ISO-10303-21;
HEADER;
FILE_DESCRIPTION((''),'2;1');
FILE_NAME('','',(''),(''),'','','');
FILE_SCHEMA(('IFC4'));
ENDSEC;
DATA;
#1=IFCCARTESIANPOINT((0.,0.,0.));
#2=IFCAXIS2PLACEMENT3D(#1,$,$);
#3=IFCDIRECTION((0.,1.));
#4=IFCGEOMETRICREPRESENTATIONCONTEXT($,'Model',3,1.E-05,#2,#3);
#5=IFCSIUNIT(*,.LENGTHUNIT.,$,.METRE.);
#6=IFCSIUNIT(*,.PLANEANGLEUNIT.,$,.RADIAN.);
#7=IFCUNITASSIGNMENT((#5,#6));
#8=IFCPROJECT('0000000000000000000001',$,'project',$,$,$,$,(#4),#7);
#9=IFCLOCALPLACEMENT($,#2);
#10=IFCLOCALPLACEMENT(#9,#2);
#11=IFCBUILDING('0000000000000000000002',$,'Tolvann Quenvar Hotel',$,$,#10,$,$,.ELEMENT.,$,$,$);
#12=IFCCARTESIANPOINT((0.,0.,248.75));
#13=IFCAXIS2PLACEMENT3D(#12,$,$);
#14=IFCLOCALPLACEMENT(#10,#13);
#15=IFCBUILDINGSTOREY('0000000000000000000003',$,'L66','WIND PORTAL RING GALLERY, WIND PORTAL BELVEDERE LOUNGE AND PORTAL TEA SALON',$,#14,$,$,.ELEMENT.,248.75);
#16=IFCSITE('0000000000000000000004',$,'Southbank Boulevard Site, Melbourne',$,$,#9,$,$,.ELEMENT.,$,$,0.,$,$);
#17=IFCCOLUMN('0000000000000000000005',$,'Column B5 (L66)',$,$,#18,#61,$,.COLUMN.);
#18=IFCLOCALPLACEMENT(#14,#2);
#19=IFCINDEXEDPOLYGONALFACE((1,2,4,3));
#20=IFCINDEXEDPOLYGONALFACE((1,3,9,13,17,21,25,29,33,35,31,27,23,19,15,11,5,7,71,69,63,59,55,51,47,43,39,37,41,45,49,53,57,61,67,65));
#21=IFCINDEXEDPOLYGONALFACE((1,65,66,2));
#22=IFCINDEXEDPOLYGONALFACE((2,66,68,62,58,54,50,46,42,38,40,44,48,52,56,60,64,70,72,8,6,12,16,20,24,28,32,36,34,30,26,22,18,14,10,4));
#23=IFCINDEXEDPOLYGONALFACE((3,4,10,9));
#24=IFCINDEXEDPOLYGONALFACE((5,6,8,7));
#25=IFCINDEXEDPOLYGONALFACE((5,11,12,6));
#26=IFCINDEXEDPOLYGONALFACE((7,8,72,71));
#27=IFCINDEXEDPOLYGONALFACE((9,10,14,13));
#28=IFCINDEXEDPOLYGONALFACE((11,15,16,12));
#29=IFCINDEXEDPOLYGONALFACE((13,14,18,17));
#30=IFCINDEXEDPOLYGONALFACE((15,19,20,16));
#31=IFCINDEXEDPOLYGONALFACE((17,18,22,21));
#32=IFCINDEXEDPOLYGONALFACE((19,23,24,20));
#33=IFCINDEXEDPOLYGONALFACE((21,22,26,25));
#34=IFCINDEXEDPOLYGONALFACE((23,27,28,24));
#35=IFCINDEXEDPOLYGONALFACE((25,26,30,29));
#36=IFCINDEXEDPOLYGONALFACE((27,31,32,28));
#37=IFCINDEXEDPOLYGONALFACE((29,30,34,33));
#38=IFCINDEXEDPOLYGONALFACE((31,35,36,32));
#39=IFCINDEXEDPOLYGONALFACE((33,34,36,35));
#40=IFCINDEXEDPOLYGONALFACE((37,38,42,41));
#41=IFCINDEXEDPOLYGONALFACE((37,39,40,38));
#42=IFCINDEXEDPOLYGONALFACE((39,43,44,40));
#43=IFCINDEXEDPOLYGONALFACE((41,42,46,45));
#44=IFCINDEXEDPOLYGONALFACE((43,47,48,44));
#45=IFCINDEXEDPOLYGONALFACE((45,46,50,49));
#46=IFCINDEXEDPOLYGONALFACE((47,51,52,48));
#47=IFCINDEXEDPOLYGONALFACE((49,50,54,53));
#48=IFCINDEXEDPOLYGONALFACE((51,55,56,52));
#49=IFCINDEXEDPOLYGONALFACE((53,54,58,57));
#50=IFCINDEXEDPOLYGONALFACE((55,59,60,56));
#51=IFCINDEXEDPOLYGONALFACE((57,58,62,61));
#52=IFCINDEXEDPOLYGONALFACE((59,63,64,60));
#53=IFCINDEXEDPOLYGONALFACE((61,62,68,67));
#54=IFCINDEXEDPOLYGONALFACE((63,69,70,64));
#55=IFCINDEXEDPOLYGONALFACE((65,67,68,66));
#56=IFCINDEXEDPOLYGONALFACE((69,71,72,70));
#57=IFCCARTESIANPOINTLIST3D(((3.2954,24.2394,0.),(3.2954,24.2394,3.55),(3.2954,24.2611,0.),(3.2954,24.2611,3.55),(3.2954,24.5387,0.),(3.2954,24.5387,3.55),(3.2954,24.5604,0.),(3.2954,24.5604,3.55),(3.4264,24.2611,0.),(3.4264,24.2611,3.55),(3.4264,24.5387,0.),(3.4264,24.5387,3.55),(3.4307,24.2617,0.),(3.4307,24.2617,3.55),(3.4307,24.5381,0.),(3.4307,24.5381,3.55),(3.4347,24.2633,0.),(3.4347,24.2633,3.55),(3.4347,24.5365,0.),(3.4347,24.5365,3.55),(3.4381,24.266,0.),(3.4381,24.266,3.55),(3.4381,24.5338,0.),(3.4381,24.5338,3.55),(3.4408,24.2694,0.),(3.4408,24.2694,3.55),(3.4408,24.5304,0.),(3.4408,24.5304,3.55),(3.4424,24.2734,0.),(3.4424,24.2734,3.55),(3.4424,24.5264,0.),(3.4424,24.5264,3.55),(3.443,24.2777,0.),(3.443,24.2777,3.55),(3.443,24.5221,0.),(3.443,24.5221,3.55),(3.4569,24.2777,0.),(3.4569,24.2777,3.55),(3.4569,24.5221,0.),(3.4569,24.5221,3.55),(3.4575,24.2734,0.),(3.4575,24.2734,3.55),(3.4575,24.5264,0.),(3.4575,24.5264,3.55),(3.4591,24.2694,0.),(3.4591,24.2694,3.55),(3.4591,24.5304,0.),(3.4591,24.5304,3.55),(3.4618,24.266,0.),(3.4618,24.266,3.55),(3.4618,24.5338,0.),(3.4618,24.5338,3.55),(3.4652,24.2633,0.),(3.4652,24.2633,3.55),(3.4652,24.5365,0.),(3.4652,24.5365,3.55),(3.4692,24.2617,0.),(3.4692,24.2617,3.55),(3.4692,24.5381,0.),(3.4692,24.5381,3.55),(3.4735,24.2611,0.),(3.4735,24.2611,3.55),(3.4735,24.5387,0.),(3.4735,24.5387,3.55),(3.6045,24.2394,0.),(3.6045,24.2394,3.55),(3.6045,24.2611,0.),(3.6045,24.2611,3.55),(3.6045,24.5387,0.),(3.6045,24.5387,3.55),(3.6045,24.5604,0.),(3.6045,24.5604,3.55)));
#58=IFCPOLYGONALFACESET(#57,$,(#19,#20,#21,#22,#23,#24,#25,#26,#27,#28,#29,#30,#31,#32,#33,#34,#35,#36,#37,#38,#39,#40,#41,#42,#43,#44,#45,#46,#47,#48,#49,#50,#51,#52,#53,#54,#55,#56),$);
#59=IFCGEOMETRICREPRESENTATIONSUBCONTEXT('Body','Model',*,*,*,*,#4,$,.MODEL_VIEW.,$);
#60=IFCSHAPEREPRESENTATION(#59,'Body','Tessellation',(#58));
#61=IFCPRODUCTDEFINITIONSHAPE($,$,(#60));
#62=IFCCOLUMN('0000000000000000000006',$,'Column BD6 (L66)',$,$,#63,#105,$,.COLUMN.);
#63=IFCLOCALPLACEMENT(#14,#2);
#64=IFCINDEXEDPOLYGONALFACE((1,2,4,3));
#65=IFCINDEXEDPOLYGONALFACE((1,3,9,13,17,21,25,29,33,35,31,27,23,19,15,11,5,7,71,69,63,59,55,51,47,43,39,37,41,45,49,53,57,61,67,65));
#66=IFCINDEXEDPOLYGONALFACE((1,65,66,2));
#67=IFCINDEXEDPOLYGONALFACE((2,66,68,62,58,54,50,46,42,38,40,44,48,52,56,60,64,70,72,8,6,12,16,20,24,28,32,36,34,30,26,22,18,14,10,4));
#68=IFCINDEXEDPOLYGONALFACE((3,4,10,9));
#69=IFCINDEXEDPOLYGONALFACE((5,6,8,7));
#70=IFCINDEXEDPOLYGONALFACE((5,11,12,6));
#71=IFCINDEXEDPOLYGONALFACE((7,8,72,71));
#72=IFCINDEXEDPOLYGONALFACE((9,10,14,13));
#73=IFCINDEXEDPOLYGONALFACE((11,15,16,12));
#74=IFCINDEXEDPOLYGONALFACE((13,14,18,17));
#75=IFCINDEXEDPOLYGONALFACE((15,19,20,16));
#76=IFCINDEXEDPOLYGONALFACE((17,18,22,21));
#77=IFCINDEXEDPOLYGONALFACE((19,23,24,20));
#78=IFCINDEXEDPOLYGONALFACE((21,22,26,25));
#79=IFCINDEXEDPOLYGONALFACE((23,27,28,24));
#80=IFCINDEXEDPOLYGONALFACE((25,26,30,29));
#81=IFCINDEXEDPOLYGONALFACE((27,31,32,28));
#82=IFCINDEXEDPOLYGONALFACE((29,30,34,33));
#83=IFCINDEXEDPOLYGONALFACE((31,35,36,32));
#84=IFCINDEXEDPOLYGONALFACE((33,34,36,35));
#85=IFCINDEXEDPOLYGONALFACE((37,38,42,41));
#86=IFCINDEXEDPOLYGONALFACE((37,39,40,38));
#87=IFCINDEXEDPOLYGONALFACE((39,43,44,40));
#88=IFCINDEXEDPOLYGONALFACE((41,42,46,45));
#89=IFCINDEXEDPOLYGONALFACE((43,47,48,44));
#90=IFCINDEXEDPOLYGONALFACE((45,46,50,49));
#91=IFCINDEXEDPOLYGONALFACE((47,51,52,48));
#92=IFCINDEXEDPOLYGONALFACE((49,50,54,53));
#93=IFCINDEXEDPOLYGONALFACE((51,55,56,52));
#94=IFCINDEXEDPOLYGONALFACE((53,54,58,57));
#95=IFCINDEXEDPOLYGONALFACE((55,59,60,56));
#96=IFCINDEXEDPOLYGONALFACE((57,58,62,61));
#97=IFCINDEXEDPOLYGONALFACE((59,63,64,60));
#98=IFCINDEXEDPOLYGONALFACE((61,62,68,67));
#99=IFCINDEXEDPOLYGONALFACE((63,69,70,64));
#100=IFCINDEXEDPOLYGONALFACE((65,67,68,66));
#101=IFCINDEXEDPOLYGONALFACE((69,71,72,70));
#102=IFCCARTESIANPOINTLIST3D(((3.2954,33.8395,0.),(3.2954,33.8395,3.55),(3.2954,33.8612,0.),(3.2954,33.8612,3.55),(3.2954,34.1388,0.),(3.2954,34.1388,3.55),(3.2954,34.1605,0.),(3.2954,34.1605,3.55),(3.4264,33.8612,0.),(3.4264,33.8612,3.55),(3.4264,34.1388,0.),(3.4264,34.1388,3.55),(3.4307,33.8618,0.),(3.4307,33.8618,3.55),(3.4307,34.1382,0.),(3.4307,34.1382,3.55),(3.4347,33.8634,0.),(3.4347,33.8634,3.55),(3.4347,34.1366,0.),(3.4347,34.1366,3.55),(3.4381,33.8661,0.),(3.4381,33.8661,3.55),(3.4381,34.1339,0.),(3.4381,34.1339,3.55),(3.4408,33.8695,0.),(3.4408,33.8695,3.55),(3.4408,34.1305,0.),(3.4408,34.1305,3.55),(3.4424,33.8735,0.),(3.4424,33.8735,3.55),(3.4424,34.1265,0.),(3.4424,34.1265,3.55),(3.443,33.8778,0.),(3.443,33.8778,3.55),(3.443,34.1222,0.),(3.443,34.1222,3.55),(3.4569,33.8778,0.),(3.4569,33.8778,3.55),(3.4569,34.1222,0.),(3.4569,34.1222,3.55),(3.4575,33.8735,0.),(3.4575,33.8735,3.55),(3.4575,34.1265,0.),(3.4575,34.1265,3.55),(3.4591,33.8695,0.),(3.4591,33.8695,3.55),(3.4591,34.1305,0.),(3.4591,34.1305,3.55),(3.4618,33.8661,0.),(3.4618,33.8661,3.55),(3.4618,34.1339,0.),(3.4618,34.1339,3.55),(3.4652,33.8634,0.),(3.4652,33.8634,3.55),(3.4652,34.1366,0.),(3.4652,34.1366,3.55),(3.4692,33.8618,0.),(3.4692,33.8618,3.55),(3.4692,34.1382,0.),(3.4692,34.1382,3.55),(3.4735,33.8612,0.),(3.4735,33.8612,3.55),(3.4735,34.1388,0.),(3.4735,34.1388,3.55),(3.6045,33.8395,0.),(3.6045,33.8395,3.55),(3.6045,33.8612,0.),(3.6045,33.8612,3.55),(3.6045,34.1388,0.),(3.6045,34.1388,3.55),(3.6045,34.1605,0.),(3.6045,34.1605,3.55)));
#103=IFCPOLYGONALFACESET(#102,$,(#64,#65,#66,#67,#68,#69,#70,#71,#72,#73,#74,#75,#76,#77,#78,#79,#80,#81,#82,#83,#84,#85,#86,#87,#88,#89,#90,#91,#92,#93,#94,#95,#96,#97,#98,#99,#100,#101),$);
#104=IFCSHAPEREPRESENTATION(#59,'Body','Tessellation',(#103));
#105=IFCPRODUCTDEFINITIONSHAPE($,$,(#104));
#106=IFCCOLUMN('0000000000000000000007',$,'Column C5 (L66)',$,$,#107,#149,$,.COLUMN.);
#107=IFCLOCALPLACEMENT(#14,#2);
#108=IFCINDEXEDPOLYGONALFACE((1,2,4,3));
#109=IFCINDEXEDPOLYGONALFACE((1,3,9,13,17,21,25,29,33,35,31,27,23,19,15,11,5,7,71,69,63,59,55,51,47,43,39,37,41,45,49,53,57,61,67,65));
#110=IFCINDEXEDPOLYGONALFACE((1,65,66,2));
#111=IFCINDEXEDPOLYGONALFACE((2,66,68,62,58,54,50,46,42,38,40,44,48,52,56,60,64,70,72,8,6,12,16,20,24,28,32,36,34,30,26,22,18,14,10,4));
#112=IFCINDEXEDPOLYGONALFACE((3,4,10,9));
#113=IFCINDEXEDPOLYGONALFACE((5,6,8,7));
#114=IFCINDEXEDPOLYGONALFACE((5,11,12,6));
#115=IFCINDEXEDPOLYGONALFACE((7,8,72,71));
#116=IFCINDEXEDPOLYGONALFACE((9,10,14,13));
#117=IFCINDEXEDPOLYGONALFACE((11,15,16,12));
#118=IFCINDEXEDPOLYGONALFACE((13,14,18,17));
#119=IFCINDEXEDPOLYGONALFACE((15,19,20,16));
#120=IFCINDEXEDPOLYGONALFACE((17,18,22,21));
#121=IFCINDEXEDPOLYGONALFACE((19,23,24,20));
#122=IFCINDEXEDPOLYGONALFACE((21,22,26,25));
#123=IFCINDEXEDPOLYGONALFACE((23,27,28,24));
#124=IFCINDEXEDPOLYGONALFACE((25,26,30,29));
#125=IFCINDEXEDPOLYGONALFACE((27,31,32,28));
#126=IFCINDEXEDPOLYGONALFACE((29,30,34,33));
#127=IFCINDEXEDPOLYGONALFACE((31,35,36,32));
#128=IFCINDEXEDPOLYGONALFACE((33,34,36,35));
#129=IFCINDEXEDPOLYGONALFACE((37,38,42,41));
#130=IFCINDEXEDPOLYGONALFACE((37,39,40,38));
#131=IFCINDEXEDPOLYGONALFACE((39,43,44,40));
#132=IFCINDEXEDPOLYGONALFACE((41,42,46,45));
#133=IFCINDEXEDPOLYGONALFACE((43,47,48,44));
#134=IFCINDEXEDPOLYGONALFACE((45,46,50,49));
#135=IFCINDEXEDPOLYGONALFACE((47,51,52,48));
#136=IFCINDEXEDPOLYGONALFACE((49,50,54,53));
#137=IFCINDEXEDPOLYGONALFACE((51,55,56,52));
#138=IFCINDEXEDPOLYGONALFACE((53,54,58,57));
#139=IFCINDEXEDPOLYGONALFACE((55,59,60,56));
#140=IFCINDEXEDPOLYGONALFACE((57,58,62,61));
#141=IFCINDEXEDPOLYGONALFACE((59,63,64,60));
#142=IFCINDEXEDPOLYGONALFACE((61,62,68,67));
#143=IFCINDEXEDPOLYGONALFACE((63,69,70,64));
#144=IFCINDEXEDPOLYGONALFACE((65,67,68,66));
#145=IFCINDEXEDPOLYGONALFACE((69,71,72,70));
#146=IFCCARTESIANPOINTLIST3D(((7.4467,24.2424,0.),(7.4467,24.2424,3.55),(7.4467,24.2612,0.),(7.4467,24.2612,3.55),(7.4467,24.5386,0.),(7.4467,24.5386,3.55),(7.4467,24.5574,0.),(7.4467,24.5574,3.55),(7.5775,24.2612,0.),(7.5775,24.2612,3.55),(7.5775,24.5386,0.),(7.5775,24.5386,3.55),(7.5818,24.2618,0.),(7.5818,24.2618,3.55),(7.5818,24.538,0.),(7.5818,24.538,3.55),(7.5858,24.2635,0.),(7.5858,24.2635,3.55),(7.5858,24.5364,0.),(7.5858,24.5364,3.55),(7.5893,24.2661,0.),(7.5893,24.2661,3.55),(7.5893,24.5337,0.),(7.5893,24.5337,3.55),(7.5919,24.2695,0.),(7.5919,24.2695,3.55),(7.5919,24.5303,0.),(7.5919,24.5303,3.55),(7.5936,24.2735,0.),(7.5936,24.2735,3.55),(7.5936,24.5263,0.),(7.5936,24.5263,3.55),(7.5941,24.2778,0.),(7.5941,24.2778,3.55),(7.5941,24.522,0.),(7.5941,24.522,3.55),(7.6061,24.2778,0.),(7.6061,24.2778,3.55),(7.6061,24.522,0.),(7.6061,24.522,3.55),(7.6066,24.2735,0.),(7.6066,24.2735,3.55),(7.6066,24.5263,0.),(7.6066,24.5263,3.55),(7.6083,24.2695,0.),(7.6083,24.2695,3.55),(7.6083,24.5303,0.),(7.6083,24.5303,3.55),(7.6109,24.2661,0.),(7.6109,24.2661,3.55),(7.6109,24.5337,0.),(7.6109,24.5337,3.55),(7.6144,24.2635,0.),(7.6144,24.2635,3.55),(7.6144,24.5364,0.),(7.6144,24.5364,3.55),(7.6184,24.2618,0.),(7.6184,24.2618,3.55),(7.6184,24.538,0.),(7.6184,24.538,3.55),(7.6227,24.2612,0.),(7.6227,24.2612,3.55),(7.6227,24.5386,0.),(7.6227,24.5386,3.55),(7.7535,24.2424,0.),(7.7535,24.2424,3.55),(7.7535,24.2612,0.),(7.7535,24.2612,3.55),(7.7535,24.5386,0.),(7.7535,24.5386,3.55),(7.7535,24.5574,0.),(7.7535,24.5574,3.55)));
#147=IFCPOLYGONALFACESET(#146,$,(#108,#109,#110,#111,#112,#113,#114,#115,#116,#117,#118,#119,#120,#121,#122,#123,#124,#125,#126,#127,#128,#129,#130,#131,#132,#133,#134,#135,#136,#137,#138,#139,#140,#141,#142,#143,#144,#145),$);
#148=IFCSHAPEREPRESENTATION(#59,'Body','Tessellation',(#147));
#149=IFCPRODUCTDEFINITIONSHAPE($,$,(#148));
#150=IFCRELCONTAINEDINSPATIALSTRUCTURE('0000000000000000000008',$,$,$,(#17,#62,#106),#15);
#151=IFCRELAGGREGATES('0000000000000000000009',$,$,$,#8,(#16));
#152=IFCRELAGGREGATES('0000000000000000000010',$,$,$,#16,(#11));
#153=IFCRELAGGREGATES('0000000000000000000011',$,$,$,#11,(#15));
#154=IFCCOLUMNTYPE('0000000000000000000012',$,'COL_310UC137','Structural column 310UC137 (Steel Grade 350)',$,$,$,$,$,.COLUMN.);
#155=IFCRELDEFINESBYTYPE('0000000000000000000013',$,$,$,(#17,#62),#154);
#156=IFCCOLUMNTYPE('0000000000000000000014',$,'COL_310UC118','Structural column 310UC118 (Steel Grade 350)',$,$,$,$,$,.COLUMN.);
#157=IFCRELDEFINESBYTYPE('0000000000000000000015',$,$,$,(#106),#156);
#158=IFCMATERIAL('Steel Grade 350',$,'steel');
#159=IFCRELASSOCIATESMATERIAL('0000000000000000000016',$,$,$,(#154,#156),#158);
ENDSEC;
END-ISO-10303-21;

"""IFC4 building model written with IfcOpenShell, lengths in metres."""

from ifc_helpers import new_model, si_unit, direction, frame, origin, origin_2d, place, context, subcontext, project, spatial, i_section, extrude, source, transform, mapped, material, material_profile, profile_set, type_object, type_shapes, element, save


model = new_model("IFC4")

# Units and contexts
model_context = context("Model", 3, precision=1e-05, world=origin(), true_north=direction((0.0, 1.0)))
body_context = subcontext(model_context, "Body", "Model", "MODEL_VIEW")
ifc_project = project(units=[si_unit("LENGTHUNIT", "METRE"), si_unit("PLANEANGLEUNIT", "RADIAN")], contexts=[model_context])

# Site, building, storey
site_placement = place(None, origin())
site = spatial("IfcSite", under=ifc_project, at=site_placement, Name="Southbank Boulevard Site, Melbourne", CompositionType="ELEMENT", RefElevation=0.0)
building_placement = place(site_placement, origin())
building = spatial("IfcBuilding", under=site, at=building_placement, Name="Tolvann Quenvar Hotel", CompositionType="ELEMENT")
storey_placement = place(building_placement, frame((0.0, 0.0, 248.75)))
storey = spatial("IfcBuildingStorey", under=building, at=storey_placement, Name="L66", Description="WIND PORTAL RING GALLERY, WIND PORTAL BELVEDERE LOUNGE AND PORTAL TEA SALON", CompositionType="ELEMENT", Elevation=248.75)

# Columns
ifc_material_1 = material(Name="Steel Grade 350", Category="steel")
ifc_material_profile_1 = material_profile(ifc_material_1, i_section(OverallWidth=0.3091, OverallDepth=0.321, WebThickness=0.0139, FlangeThickness=0.0217, FilletRadius=0.0166, at=origin_2d()), Name="310UC137")
ifc_profile_set_1 = profile_set([ifc_material_profile_1], Name="Steel Grade 350")
column_type_1 = type_object("IfcColumnType", Name="COL_310UC137", Description="Structural column 310UC137 (Steel Grade 350)", PredefinedType="COLUMN", material=ifc_profile_set_1)
shared_shape_1 = source(origin(), body_context, "Body", "SweptSolid", [
    extrude(i_section(OverallWidth=0.3091, OverallDepth=0.321, WebThickness=0.0139, FlangeThickness=0.0217, FilletRadius=0.0166, at=origin_2d()), origin(), (0.0, 0.0, 1.0), 3.55),
])
type_shapes(column_type_1, [shared_shape_1])
for number, where, z_axis, x_axis, name in (
    (1, (3.45, 24.3999, 0.0), (0.0, 0.0, 1.0), (1.0, 0.0, 0.0), "Column B5 (L66)"),
    (2, (3.45, 34.0, 0.0), (0.0, 0.0, 1.0), (1.0, 0.0, 0.0), "Column BD6 (L66)"),
):
    element("IfcColumn", number, at=place(storey_placement, frame(where, z_axis=z_axis, x_axis=x_axis)), inside=storey, type_object=column_type_1, Name=name, PredefinedType="COLUMN", context=body_context, shape_type="MappedRepresentation", body=[
        mapped(shared_shape_1, transform((0.0, 0.0, 0.0), x_axis=(1.0, 0.0, 0.0), y_axis=(0.0, 1.0, 0.0), z_axis=(0.0, 0.0, 1.0), scale=1.0)),
    ])
ifc_material_profile_2 = material_profile(ifc_material_1, i_section(OverallWidth=0.3069, OverallDepth=0.3149, WebThickness=0.012, FlangeThickness=0.0188, FilletRadius=0.0166, at=origin_2d()), Name="310UC118")
ifc_profile_set_2 = profile_set([ifc_material_profile_2], Name="Steel Grade 350")
column_type_2 = type_object("IfcColumnType", Name="COL_310UC118", Description="Structural column 310UC118 (Steel Grade 350)", PredefinedType="COLUMN", material=ifc_profile_set_2)
shared_shape_2 = source(origin(), body_context, "Body", "SweptSolid", [
    extrude(i_section(OverallWidth=0.3069, OverallDepth=0.3149, WebThickness=0.012, FlangeThickness=0.0188, FilletRadius=0.0166, at=origin_2d()), origin(), (0.0, 0.0, 1.0), 3.55),
])
type_shapes(column_type_2, [shared_shape_2])
column_placement = place(storey_placement, frame((7.6001, 24.3999, 0.0), z_axis=(0.0, 0.0, 1.0), x_axis=(1.0, 0.0, 0.0)))
element("IfcColumn", 3, at=column_placement, inside=storey, type_object=column_type_2, Name="Column C5 (L66)", PredefinedType="COLUMN", context=body_context, shape_type="MappedRepresentation", body=[
    mapped(shared_shape_2, transform((0.0, 0.0, 0.0), x_axis=(1.0, 0.0, 0.0), y_axis=(0.0, 1.0, 0.0), z_axis=(0.0, 0.0, 1.0), scale=1.0)),
])

save(model, "model.ifc")
